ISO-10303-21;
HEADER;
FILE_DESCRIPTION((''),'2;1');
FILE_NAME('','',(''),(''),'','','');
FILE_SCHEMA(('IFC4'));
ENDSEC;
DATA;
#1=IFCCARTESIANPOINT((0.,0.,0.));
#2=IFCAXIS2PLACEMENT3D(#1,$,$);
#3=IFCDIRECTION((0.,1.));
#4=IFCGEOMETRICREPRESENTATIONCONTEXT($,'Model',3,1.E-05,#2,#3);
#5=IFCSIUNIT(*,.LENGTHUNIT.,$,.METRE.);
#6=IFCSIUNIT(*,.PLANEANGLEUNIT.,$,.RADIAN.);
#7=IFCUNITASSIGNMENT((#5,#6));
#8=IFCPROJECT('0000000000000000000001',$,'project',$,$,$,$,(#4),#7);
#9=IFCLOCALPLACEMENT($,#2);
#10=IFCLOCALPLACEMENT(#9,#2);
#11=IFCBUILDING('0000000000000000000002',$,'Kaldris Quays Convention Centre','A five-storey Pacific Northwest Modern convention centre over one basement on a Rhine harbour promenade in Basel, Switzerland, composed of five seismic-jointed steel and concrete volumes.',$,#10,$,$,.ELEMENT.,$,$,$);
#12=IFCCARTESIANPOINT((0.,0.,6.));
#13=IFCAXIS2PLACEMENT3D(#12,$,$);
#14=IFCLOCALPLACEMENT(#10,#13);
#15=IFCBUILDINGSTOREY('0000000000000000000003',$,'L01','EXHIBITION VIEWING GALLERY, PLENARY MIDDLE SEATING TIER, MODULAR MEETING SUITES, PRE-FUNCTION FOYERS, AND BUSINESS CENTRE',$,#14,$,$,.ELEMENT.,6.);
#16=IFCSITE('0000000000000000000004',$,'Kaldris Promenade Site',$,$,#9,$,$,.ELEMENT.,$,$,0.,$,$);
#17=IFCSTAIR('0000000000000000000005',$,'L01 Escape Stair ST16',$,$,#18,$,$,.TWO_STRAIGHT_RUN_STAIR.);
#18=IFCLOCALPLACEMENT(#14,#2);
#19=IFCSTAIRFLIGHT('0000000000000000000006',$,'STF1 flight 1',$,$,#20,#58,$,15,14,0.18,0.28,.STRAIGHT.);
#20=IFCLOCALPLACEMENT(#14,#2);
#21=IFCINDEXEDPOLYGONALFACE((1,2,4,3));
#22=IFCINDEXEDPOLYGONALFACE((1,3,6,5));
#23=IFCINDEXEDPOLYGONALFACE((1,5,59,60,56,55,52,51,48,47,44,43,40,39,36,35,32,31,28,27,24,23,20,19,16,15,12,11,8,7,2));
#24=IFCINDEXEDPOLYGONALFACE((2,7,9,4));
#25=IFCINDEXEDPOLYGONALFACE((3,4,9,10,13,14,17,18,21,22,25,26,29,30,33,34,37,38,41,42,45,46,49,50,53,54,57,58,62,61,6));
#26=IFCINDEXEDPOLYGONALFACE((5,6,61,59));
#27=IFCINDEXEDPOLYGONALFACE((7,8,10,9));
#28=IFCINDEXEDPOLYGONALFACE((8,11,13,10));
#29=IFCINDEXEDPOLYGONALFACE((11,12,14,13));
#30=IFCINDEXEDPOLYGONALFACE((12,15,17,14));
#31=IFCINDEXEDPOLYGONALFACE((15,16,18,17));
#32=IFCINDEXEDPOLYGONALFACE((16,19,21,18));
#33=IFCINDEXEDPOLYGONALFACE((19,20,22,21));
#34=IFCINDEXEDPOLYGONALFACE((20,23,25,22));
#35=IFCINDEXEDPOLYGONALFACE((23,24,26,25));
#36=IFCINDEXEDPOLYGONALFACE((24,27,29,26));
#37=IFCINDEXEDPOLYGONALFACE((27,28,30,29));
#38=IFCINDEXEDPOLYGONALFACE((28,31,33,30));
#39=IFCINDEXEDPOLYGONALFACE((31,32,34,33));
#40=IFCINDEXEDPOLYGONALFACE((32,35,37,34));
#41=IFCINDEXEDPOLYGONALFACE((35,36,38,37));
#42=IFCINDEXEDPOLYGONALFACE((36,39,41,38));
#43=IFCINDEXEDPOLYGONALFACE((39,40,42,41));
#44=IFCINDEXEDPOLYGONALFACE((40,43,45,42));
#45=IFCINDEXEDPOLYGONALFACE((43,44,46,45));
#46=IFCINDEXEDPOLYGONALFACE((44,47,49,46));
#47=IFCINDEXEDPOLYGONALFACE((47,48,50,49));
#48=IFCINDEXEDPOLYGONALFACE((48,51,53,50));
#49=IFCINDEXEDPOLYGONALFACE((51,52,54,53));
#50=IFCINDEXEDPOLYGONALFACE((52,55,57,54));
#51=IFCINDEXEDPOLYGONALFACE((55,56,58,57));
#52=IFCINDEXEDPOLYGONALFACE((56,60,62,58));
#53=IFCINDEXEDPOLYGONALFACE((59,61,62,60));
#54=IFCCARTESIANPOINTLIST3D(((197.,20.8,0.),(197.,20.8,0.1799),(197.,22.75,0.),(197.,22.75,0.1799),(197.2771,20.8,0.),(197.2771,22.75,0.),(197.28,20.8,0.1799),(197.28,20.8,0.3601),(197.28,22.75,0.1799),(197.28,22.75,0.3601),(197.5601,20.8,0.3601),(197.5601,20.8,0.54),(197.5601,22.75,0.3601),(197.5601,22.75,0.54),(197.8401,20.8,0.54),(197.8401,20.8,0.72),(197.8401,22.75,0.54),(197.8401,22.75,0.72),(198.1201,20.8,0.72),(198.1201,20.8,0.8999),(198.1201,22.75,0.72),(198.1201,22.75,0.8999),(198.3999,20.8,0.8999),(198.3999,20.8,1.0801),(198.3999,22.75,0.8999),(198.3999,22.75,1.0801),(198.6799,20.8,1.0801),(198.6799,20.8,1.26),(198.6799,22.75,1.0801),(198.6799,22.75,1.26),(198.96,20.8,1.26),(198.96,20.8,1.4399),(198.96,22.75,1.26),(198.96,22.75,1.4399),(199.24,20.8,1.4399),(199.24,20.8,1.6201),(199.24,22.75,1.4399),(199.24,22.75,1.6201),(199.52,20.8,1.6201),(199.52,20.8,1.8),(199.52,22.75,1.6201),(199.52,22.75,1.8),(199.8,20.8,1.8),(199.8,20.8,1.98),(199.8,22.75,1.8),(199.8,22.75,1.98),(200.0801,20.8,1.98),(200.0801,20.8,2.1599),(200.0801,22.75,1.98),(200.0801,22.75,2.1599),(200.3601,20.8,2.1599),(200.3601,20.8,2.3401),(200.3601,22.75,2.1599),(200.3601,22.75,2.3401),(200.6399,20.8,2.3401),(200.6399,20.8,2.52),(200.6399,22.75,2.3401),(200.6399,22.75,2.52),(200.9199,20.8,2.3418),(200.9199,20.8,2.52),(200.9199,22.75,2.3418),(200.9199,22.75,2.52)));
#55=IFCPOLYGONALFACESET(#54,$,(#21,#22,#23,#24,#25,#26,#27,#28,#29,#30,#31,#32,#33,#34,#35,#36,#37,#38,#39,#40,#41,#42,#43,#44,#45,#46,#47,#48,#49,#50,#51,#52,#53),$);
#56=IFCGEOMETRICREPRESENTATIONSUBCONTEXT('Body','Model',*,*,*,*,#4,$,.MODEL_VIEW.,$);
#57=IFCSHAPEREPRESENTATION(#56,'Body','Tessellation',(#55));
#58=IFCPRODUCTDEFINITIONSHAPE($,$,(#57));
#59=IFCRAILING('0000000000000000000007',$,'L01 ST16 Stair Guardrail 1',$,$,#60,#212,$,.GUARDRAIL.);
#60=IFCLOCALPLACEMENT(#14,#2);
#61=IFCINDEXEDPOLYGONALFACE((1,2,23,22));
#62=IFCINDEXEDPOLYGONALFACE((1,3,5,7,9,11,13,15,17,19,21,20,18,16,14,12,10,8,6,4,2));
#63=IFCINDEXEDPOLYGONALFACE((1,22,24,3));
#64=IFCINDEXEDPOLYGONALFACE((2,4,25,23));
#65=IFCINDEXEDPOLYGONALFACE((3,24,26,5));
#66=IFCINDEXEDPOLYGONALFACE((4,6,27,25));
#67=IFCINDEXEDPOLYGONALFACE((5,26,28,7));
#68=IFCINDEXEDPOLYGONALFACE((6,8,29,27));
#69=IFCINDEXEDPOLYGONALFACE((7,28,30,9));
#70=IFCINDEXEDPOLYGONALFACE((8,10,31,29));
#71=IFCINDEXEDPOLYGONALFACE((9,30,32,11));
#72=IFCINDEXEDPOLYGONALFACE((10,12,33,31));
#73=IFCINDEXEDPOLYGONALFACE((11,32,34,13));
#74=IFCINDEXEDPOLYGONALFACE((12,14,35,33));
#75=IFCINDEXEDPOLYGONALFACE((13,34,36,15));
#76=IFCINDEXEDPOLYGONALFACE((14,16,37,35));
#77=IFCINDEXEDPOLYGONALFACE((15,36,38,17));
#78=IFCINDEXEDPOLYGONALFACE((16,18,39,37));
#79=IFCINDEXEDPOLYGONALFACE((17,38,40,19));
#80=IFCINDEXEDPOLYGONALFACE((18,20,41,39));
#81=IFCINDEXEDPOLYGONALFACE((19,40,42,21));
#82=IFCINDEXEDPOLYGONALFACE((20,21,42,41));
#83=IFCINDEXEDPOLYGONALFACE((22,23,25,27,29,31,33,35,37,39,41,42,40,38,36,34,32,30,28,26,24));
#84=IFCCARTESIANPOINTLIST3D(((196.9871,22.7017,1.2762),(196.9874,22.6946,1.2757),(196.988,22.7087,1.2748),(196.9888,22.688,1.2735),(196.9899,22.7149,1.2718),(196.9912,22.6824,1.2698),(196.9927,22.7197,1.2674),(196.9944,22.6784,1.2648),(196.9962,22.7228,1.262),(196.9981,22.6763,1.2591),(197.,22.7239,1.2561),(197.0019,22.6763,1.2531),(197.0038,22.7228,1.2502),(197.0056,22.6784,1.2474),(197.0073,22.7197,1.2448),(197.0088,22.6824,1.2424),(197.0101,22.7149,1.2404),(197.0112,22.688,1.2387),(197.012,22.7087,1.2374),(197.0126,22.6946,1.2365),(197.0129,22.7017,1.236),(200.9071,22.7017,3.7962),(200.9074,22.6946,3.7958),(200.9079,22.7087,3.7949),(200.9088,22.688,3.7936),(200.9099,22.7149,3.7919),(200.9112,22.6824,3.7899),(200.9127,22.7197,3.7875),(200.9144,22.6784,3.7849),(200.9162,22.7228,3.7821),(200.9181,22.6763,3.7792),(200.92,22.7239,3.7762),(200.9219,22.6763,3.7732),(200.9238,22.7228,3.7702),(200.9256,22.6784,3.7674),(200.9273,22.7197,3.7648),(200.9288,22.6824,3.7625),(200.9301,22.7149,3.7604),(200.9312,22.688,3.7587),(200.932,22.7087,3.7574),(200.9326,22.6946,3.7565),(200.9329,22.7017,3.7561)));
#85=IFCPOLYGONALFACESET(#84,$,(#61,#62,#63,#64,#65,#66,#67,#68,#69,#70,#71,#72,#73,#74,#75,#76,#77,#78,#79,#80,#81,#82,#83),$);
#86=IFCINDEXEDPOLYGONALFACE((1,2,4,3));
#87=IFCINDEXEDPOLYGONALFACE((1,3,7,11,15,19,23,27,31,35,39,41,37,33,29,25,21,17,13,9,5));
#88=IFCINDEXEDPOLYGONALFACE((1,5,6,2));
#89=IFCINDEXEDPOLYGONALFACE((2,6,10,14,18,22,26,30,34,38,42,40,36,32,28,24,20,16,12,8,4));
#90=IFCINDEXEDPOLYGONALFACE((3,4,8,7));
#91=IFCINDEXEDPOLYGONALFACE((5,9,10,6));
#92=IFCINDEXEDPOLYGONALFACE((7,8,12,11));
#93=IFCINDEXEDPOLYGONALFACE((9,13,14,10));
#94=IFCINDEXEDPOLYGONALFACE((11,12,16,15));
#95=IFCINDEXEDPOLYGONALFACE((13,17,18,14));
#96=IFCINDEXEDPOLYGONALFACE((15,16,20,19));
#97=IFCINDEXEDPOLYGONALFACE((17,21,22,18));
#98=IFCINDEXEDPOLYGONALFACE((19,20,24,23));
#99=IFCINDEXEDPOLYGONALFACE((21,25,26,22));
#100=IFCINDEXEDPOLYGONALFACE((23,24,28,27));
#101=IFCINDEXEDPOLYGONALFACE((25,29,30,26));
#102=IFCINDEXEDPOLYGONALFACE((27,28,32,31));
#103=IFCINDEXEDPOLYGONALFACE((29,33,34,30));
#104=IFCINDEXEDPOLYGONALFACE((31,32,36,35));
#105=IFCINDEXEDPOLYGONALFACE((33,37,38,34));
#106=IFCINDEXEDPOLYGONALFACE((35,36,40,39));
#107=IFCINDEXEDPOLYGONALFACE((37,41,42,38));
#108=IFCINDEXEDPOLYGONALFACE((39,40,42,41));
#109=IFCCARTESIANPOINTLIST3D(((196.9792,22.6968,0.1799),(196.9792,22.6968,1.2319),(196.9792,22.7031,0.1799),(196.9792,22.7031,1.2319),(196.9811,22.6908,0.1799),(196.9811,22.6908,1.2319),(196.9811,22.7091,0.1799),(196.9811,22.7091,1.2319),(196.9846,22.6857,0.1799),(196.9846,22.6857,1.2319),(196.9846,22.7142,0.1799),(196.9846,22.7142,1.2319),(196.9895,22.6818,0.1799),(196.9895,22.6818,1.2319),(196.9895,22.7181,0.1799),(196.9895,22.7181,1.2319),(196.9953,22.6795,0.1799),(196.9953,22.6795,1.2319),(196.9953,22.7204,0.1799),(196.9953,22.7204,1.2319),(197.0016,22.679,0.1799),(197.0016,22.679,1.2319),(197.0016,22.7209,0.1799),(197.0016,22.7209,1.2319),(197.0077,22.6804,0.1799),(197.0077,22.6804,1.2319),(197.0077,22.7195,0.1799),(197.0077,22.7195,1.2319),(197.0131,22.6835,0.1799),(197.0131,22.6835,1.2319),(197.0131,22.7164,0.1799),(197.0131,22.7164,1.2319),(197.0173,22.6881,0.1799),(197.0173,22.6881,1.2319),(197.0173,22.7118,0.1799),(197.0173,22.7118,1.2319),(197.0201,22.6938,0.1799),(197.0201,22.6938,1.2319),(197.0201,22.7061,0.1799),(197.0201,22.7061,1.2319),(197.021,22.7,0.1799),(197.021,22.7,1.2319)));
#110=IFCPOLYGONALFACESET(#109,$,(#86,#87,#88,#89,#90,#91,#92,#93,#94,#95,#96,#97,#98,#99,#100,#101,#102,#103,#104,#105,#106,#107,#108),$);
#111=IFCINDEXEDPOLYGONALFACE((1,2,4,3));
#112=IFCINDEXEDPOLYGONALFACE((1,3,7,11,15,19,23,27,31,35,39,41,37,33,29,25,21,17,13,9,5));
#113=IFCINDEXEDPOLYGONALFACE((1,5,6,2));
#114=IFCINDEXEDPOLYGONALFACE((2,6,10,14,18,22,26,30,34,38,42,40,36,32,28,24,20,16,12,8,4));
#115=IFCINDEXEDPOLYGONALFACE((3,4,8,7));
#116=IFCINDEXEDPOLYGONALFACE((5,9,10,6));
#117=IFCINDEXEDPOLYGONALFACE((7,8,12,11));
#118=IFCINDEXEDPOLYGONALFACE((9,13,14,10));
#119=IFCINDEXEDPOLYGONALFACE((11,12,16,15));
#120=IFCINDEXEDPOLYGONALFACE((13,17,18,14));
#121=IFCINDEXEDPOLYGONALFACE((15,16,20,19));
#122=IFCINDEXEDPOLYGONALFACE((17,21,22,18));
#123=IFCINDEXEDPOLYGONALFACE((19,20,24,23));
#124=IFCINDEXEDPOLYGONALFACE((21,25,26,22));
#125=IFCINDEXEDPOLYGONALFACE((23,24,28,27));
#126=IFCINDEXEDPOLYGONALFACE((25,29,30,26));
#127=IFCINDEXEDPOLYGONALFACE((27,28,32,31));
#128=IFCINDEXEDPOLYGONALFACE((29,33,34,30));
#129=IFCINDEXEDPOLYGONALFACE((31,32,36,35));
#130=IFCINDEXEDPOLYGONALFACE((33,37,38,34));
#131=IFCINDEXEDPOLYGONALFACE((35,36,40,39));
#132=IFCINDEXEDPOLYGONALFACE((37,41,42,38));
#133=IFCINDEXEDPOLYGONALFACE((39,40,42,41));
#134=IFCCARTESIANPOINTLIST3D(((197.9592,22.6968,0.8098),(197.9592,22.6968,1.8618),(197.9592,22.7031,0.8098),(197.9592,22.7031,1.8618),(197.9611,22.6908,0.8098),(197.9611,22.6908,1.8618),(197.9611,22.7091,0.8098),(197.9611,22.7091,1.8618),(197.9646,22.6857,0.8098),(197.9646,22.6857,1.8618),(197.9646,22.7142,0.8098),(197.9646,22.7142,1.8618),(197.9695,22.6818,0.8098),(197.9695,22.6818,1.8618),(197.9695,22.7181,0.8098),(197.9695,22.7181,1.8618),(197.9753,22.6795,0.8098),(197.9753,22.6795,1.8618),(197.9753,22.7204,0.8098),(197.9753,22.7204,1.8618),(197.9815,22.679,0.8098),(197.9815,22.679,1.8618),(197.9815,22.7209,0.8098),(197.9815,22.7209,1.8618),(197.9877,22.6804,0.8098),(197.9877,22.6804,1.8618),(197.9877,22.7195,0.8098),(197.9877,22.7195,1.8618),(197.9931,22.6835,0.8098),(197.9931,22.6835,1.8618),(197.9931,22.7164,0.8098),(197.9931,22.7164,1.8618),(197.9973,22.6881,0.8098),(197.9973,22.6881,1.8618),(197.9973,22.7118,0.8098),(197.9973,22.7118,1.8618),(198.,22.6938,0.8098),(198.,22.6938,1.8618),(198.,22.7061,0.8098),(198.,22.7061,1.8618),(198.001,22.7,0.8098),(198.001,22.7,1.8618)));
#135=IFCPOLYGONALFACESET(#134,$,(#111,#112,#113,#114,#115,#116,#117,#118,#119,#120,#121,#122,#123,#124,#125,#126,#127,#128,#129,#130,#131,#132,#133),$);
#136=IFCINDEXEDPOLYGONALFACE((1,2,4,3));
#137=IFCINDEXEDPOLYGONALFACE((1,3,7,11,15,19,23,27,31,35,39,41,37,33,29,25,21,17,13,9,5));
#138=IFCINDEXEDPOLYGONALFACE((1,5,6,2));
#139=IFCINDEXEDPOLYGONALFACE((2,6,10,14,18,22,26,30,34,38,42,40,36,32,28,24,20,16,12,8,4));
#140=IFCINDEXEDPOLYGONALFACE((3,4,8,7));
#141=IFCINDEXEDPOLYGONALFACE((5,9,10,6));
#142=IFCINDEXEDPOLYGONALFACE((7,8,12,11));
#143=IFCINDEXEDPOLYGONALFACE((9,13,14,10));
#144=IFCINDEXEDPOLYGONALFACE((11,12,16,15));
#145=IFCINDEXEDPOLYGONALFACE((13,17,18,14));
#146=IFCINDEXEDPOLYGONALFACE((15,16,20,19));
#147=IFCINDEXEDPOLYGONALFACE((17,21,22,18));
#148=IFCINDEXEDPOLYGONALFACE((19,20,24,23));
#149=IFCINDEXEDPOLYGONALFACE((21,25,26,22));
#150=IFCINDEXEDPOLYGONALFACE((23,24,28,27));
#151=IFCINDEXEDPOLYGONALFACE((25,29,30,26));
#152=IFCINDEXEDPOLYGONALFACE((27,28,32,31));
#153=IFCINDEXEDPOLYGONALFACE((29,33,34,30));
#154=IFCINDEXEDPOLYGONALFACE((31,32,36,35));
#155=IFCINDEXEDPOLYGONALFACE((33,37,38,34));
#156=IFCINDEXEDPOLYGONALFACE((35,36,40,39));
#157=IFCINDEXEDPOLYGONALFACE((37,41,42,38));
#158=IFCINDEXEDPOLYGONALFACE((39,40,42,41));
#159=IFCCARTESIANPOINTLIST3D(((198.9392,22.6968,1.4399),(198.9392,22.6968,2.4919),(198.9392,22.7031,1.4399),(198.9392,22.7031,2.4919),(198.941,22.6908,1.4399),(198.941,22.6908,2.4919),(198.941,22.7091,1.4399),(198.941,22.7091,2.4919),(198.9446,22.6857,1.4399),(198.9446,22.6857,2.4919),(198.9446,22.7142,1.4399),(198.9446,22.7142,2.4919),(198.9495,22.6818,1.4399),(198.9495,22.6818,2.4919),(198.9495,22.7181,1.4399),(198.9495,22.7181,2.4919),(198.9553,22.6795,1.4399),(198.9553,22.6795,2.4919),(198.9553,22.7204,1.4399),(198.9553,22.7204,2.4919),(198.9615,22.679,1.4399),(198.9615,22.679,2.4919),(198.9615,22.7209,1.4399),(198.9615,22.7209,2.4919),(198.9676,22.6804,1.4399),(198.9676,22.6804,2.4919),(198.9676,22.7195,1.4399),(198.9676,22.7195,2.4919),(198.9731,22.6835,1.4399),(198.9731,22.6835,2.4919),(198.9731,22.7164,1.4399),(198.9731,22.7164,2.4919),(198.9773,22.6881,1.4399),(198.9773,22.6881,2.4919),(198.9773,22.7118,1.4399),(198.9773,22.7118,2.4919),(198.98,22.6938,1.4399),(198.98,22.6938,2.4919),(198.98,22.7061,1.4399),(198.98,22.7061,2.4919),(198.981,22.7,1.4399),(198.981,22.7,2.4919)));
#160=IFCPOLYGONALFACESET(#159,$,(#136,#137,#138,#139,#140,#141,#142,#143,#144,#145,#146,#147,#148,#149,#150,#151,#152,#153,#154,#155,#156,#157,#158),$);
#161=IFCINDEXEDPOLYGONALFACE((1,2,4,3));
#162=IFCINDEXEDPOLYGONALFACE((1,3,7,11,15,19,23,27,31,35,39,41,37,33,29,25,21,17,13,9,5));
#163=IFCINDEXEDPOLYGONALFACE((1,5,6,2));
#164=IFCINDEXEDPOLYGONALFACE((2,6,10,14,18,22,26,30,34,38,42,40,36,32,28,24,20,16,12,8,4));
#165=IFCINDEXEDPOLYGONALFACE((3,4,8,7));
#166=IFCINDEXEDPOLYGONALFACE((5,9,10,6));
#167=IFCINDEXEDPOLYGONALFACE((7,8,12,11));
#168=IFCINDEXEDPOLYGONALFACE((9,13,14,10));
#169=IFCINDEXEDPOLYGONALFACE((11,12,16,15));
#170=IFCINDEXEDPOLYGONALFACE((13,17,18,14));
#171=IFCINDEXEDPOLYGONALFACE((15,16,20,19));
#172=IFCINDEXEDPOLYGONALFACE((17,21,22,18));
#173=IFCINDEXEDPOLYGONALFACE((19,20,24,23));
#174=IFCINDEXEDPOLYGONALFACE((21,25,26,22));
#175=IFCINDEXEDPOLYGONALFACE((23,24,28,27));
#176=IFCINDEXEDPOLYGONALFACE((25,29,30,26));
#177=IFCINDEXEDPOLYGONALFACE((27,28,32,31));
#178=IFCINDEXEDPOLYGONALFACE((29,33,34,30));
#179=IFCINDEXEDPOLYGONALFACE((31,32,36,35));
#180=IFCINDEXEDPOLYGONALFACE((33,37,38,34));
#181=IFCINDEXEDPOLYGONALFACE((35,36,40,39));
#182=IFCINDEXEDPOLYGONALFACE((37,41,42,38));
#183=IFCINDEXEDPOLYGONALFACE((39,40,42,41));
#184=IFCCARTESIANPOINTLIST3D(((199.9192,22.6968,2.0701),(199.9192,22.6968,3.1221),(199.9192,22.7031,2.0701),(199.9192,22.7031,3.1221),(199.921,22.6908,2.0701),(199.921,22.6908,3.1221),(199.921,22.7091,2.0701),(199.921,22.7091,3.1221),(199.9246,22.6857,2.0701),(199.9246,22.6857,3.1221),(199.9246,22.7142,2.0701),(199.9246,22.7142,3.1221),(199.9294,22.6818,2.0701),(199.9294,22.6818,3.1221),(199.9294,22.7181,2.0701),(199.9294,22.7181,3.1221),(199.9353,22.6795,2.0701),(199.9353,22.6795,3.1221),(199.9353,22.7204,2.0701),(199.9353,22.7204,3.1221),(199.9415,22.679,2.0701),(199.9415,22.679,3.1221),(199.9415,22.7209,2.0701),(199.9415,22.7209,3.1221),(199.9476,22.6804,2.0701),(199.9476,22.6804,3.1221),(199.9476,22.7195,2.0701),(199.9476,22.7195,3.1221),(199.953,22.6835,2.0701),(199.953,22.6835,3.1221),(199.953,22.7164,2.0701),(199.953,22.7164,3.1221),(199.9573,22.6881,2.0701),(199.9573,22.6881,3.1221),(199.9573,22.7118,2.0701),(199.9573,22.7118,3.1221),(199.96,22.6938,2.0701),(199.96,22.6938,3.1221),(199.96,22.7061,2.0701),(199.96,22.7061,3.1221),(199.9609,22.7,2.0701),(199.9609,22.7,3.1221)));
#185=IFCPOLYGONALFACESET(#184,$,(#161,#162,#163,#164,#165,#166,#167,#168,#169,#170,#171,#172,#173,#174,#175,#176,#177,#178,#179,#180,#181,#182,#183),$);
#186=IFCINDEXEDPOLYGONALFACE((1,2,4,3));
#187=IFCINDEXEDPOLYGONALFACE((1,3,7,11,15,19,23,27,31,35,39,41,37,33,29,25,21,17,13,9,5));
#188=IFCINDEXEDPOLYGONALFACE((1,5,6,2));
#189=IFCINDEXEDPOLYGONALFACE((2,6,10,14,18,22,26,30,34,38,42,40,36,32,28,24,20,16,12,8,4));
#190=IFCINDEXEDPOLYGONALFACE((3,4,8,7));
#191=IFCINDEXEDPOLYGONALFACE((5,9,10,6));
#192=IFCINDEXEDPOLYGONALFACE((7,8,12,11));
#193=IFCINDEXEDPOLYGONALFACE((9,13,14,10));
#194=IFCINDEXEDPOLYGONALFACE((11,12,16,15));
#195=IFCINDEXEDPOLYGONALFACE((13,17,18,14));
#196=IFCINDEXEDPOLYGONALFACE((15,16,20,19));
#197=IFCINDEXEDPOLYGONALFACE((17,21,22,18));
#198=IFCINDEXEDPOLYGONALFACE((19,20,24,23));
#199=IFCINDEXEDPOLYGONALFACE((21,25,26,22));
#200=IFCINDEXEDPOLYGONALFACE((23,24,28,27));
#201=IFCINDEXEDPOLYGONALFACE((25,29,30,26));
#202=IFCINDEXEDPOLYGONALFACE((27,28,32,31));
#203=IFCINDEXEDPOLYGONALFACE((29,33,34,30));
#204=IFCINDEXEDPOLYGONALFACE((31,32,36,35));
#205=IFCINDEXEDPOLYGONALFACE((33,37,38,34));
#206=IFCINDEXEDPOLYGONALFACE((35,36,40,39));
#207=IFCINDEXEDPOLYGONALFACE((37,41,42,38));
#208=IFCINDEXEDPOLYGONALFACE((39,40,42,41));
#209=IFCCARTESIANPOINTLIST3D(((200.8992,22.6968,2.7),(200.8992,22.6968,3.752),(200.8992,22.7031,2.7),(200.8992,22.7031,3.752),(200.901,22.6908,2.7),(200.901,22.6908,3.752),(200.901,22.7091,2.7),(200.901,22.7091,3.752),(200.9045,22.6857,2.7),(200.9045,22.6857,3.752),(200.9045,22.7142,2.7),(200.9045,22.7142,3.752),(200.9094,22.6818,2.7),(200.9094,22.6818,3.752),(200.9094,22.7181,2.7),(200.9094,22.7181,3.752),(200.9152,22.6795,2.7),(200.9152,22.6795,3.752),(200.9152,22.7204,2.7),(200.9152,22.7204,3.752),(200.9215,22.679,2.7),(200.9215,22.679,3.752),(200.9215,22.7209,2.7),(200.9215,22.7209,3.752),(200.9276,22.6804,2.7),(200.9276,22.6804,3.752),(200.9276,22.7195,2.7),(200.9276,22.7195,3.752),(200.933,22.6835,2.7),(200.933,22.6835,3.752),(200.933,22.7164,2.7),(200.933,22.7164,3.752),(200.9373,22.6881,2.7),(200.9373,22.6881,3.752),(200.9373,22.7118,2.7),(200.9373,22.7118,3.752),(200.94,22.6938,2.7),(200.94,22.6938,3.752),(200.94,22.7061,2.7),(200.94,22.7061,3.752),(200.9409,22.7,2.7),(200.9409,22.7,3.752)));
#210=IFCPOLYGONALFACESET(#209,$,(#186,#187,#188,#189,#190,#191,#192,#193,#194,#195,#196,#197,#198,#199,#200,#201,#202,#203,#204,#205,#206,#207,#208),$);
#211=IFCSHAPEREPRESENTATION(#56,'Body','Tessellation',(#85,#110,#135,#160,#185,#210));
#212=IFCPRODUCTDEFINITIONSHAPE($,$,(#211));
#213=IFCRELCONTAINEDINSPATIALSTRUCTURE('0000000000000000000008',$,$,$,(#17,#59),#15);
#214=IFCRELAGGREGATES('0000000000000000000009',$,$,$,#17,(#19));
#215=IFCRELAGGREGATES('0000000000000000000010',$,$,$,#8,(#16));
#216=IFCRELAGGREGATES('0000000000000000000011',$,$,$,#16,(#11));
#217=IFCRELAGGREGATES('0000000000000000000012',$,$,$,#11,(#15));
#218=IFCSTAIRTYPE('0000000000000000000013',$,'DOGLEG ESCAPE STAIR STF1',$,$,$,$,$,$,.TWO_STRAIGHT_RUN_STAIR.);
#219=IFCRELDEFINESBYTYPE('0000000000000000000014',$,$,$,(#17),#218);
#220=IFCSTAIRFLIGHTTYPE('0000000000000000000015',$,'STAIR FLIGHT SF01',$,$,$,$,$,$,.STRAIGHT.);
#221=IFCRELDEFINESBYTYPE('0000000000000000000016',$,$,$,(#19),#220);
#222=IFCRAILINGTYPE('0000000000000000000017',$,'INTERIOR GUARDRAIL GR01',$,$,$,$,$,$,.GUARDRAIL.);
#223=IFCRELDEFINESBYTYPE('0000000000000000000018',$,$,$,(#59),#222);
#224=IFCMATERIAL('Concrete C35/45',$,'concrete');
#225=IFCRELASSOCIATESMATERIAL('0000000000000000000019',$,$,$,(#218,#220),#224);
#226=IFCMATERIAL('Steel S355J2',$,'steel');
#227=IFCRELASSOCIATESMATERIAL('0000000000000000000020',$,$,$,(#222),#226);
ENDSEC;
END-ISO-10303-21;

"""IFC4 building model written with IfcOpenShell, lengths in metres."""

from ifc_helpers import new_model, si_unit, direction, frame, origin, origin_2d, place, context, subcontext, project, spatial, polyline, circle, outline, extrude, material, type_object, element, aggregate, save


model = new_model("IFC4")

# Units and contexts
model_context = context("Model", 3, precision=1e-05, world=origin(), true_north=direction((0.0, 1.0)))
body_context = subcontext(model_context, "Body", "Model", "MODEL_VIEW")
ifc_project = project(units=[si_unit("LENGTHUNIT", "METRE"), si_unit("PLANEANGLEUNIT", "RADIAN")], contexts=[model_context])

# Site, building, storey
site_placement = place(None, origin())
site = spatial("IfcSite", under=ifc_project, at=site_placement, Name="Kaldris Promenade Site", CompositionType="ELEMENT", RefElevation=0.0)
building_placement = place(site_placement, origin())
building = spatial("IfcBuilding", under=site, at=building_placement, Name="Kaldris Quays Convention Centre", Description="A five-storey Pacific Northwest Modern convention centre over one basement on a Rhine harbour promenade in Basel, Switzerland, composed of five seismic-jointed steel and concrete volumes.", CompositionType="ELEMENT")
storey_placement = place(building_placement, frame((0.0, 0.0, 6.0)))
storey = spatial("IfcBuildingStorey", under=building, at=storey_placement, Name="L01", Description="EXHIBITION VIEWING GALLERY, PLENARY MIDDLE SEATING TIER, MODULAR MEETING SUITES, PRE-FUNCTION FOYERS, AND BUSINESS CENTRE", CompositionType="ELEMENT", Elevation=6.0)

# Stair, stair flight
ifc_material_1 = material(Name="Concrete C35/45", Category="concrete")
stair_type = type_object("IfcStairType", Name="DOGLEG ESCAPE STAIR STF1", PredefinedType="TWO_STRAIGHT_RUN_STAIR", material=ifc_material_1)
stair_placement = place(storey_placement, origin())
stair = element("IfcStair", 1, at=stair_placement, inside=storey, type_object=stair_type, Name="L01 Escape Stair ST16", PredefinedType="TWO_STRAIGHT_RUN_STAIR")
stair_flight_type = type_object("IfcStairFlightType", Name="STAIR FLIGHT SF01", PredefinedType="STRAIGHT", material=ifc_material_1)
stair_flight_placement = place(storey_placement, frame((197.0, 21.7749, 0.0), z_axis=(0.0, 0.0, 1.0), x_axis=(1.0, 0.0, 0.0)))
stair_flight = element("IfcStairFlight", 2, at=stair_flight_placement, type_object=stair_flight_type, Name="STF1 flight 1", NumberOfRisers=15, NumberOfTreads=14, PredefinedType="STRAIGHT", RiserHeight=0.18, TreadLength=0.28, context=body_context, shape_type="SweptSolid", body=[
    extrude(outline(polyline([(0.0, 0.0), (0.0, 0.1799), (0.28, 0.1799), (0.28, 0.3601), (0.5601, 0.3601), (0.5601, 0.54), (0.8401, 0.54), (0.8401, 0.72), (1.1201, 0.72), (1.1201, 0.8999), (1.3999, 0.8999), (1.3999, 1.0801), (1.6799, 1.0801), (1.6799, 1.26), (1.96, 1.26), (1.96, 1.4399), (2.24, 1.4399), (2.24, 1.6201), (2.52, 1.6201), (2.52, 1.8), (2.8, 1.8), (2.8, 1.98), (3.0801, 1.98), (3.0801, 2.1599), (3.3601, 2.1599), (3.3601, 2.3401), (3.6399, 2.3401), (3.6399, 2.52), (3.9199, 2.52), (3.9199, 2.7), (3.9199, 2.3418), (0.2771, 0.0), (0.0, 0.0)])), frame((0.0, 0.9751, 0.0), z_axis=(0.0, -1.0, 0.0), x_axis=(1.0, 0.0, 0.0)), (0.0, 0.0, 1.0), 1.95),
])
aggregate(stair, [stair_flight])

# Railing
ifc_material_2 = material(Name="Steel S355J2", Category="steel")
railing_type_1 = type_object("IfcRailingType", Name="INTERIOR GUARDRAIL GR01", PredefinedType="GUARDRAIL", material=ifc_material_2)
railing_1_placement = place(storey_placement, frame((197.0, 22.7, 0.1799)))
element("IfcRailing", 3, at=railing_1_placement, inside=storey, type_object=railing_type_1, Name="L01 ST16 Stair Guardrail 1", PredefinedType="GUARDRAIL", context=body_context, shape_type="SweptSolid", body=[
    extrude(circle(Radius=0.0239, at=origin_2d()), frame((0.0, 0.0, 1.0762), z_axis=(0.841172, 0.0, 0.540768), x_axis=(0.0, 1.0, 0.0)), (0.0, 0.0, 1.0), 4.6602),
    extrude(circle(Radius=0.021, at=origin_2d()), origin(), (0.0, 0.0, 1.0), 1.052),
    extrude(circle(Radius=0.021, at=origin_2d()), frame((0.98, 0.0, 0.6299)), (0.0, 0.0, 1.0), 1.052),
    extrude(circle(Radius=0.021, at=origin_2d()), frame((1.96, 0.0, 1.26)), (0.0, 0.0, 1.0), 1.052),
    extrude(circle(Radius=0.021, at=origin_2d()), frame((2.9399, 0.0, 1.8901)), (0.0, 0.0, 1.0), 1.052),
    extrude(circle(Radius=0.021, at=origin_2d()), frame((3.9199, 0.0, 2.52)), (0.0, 0.0, 1.0), 1.052),
])

save(model, "model.ifc")
